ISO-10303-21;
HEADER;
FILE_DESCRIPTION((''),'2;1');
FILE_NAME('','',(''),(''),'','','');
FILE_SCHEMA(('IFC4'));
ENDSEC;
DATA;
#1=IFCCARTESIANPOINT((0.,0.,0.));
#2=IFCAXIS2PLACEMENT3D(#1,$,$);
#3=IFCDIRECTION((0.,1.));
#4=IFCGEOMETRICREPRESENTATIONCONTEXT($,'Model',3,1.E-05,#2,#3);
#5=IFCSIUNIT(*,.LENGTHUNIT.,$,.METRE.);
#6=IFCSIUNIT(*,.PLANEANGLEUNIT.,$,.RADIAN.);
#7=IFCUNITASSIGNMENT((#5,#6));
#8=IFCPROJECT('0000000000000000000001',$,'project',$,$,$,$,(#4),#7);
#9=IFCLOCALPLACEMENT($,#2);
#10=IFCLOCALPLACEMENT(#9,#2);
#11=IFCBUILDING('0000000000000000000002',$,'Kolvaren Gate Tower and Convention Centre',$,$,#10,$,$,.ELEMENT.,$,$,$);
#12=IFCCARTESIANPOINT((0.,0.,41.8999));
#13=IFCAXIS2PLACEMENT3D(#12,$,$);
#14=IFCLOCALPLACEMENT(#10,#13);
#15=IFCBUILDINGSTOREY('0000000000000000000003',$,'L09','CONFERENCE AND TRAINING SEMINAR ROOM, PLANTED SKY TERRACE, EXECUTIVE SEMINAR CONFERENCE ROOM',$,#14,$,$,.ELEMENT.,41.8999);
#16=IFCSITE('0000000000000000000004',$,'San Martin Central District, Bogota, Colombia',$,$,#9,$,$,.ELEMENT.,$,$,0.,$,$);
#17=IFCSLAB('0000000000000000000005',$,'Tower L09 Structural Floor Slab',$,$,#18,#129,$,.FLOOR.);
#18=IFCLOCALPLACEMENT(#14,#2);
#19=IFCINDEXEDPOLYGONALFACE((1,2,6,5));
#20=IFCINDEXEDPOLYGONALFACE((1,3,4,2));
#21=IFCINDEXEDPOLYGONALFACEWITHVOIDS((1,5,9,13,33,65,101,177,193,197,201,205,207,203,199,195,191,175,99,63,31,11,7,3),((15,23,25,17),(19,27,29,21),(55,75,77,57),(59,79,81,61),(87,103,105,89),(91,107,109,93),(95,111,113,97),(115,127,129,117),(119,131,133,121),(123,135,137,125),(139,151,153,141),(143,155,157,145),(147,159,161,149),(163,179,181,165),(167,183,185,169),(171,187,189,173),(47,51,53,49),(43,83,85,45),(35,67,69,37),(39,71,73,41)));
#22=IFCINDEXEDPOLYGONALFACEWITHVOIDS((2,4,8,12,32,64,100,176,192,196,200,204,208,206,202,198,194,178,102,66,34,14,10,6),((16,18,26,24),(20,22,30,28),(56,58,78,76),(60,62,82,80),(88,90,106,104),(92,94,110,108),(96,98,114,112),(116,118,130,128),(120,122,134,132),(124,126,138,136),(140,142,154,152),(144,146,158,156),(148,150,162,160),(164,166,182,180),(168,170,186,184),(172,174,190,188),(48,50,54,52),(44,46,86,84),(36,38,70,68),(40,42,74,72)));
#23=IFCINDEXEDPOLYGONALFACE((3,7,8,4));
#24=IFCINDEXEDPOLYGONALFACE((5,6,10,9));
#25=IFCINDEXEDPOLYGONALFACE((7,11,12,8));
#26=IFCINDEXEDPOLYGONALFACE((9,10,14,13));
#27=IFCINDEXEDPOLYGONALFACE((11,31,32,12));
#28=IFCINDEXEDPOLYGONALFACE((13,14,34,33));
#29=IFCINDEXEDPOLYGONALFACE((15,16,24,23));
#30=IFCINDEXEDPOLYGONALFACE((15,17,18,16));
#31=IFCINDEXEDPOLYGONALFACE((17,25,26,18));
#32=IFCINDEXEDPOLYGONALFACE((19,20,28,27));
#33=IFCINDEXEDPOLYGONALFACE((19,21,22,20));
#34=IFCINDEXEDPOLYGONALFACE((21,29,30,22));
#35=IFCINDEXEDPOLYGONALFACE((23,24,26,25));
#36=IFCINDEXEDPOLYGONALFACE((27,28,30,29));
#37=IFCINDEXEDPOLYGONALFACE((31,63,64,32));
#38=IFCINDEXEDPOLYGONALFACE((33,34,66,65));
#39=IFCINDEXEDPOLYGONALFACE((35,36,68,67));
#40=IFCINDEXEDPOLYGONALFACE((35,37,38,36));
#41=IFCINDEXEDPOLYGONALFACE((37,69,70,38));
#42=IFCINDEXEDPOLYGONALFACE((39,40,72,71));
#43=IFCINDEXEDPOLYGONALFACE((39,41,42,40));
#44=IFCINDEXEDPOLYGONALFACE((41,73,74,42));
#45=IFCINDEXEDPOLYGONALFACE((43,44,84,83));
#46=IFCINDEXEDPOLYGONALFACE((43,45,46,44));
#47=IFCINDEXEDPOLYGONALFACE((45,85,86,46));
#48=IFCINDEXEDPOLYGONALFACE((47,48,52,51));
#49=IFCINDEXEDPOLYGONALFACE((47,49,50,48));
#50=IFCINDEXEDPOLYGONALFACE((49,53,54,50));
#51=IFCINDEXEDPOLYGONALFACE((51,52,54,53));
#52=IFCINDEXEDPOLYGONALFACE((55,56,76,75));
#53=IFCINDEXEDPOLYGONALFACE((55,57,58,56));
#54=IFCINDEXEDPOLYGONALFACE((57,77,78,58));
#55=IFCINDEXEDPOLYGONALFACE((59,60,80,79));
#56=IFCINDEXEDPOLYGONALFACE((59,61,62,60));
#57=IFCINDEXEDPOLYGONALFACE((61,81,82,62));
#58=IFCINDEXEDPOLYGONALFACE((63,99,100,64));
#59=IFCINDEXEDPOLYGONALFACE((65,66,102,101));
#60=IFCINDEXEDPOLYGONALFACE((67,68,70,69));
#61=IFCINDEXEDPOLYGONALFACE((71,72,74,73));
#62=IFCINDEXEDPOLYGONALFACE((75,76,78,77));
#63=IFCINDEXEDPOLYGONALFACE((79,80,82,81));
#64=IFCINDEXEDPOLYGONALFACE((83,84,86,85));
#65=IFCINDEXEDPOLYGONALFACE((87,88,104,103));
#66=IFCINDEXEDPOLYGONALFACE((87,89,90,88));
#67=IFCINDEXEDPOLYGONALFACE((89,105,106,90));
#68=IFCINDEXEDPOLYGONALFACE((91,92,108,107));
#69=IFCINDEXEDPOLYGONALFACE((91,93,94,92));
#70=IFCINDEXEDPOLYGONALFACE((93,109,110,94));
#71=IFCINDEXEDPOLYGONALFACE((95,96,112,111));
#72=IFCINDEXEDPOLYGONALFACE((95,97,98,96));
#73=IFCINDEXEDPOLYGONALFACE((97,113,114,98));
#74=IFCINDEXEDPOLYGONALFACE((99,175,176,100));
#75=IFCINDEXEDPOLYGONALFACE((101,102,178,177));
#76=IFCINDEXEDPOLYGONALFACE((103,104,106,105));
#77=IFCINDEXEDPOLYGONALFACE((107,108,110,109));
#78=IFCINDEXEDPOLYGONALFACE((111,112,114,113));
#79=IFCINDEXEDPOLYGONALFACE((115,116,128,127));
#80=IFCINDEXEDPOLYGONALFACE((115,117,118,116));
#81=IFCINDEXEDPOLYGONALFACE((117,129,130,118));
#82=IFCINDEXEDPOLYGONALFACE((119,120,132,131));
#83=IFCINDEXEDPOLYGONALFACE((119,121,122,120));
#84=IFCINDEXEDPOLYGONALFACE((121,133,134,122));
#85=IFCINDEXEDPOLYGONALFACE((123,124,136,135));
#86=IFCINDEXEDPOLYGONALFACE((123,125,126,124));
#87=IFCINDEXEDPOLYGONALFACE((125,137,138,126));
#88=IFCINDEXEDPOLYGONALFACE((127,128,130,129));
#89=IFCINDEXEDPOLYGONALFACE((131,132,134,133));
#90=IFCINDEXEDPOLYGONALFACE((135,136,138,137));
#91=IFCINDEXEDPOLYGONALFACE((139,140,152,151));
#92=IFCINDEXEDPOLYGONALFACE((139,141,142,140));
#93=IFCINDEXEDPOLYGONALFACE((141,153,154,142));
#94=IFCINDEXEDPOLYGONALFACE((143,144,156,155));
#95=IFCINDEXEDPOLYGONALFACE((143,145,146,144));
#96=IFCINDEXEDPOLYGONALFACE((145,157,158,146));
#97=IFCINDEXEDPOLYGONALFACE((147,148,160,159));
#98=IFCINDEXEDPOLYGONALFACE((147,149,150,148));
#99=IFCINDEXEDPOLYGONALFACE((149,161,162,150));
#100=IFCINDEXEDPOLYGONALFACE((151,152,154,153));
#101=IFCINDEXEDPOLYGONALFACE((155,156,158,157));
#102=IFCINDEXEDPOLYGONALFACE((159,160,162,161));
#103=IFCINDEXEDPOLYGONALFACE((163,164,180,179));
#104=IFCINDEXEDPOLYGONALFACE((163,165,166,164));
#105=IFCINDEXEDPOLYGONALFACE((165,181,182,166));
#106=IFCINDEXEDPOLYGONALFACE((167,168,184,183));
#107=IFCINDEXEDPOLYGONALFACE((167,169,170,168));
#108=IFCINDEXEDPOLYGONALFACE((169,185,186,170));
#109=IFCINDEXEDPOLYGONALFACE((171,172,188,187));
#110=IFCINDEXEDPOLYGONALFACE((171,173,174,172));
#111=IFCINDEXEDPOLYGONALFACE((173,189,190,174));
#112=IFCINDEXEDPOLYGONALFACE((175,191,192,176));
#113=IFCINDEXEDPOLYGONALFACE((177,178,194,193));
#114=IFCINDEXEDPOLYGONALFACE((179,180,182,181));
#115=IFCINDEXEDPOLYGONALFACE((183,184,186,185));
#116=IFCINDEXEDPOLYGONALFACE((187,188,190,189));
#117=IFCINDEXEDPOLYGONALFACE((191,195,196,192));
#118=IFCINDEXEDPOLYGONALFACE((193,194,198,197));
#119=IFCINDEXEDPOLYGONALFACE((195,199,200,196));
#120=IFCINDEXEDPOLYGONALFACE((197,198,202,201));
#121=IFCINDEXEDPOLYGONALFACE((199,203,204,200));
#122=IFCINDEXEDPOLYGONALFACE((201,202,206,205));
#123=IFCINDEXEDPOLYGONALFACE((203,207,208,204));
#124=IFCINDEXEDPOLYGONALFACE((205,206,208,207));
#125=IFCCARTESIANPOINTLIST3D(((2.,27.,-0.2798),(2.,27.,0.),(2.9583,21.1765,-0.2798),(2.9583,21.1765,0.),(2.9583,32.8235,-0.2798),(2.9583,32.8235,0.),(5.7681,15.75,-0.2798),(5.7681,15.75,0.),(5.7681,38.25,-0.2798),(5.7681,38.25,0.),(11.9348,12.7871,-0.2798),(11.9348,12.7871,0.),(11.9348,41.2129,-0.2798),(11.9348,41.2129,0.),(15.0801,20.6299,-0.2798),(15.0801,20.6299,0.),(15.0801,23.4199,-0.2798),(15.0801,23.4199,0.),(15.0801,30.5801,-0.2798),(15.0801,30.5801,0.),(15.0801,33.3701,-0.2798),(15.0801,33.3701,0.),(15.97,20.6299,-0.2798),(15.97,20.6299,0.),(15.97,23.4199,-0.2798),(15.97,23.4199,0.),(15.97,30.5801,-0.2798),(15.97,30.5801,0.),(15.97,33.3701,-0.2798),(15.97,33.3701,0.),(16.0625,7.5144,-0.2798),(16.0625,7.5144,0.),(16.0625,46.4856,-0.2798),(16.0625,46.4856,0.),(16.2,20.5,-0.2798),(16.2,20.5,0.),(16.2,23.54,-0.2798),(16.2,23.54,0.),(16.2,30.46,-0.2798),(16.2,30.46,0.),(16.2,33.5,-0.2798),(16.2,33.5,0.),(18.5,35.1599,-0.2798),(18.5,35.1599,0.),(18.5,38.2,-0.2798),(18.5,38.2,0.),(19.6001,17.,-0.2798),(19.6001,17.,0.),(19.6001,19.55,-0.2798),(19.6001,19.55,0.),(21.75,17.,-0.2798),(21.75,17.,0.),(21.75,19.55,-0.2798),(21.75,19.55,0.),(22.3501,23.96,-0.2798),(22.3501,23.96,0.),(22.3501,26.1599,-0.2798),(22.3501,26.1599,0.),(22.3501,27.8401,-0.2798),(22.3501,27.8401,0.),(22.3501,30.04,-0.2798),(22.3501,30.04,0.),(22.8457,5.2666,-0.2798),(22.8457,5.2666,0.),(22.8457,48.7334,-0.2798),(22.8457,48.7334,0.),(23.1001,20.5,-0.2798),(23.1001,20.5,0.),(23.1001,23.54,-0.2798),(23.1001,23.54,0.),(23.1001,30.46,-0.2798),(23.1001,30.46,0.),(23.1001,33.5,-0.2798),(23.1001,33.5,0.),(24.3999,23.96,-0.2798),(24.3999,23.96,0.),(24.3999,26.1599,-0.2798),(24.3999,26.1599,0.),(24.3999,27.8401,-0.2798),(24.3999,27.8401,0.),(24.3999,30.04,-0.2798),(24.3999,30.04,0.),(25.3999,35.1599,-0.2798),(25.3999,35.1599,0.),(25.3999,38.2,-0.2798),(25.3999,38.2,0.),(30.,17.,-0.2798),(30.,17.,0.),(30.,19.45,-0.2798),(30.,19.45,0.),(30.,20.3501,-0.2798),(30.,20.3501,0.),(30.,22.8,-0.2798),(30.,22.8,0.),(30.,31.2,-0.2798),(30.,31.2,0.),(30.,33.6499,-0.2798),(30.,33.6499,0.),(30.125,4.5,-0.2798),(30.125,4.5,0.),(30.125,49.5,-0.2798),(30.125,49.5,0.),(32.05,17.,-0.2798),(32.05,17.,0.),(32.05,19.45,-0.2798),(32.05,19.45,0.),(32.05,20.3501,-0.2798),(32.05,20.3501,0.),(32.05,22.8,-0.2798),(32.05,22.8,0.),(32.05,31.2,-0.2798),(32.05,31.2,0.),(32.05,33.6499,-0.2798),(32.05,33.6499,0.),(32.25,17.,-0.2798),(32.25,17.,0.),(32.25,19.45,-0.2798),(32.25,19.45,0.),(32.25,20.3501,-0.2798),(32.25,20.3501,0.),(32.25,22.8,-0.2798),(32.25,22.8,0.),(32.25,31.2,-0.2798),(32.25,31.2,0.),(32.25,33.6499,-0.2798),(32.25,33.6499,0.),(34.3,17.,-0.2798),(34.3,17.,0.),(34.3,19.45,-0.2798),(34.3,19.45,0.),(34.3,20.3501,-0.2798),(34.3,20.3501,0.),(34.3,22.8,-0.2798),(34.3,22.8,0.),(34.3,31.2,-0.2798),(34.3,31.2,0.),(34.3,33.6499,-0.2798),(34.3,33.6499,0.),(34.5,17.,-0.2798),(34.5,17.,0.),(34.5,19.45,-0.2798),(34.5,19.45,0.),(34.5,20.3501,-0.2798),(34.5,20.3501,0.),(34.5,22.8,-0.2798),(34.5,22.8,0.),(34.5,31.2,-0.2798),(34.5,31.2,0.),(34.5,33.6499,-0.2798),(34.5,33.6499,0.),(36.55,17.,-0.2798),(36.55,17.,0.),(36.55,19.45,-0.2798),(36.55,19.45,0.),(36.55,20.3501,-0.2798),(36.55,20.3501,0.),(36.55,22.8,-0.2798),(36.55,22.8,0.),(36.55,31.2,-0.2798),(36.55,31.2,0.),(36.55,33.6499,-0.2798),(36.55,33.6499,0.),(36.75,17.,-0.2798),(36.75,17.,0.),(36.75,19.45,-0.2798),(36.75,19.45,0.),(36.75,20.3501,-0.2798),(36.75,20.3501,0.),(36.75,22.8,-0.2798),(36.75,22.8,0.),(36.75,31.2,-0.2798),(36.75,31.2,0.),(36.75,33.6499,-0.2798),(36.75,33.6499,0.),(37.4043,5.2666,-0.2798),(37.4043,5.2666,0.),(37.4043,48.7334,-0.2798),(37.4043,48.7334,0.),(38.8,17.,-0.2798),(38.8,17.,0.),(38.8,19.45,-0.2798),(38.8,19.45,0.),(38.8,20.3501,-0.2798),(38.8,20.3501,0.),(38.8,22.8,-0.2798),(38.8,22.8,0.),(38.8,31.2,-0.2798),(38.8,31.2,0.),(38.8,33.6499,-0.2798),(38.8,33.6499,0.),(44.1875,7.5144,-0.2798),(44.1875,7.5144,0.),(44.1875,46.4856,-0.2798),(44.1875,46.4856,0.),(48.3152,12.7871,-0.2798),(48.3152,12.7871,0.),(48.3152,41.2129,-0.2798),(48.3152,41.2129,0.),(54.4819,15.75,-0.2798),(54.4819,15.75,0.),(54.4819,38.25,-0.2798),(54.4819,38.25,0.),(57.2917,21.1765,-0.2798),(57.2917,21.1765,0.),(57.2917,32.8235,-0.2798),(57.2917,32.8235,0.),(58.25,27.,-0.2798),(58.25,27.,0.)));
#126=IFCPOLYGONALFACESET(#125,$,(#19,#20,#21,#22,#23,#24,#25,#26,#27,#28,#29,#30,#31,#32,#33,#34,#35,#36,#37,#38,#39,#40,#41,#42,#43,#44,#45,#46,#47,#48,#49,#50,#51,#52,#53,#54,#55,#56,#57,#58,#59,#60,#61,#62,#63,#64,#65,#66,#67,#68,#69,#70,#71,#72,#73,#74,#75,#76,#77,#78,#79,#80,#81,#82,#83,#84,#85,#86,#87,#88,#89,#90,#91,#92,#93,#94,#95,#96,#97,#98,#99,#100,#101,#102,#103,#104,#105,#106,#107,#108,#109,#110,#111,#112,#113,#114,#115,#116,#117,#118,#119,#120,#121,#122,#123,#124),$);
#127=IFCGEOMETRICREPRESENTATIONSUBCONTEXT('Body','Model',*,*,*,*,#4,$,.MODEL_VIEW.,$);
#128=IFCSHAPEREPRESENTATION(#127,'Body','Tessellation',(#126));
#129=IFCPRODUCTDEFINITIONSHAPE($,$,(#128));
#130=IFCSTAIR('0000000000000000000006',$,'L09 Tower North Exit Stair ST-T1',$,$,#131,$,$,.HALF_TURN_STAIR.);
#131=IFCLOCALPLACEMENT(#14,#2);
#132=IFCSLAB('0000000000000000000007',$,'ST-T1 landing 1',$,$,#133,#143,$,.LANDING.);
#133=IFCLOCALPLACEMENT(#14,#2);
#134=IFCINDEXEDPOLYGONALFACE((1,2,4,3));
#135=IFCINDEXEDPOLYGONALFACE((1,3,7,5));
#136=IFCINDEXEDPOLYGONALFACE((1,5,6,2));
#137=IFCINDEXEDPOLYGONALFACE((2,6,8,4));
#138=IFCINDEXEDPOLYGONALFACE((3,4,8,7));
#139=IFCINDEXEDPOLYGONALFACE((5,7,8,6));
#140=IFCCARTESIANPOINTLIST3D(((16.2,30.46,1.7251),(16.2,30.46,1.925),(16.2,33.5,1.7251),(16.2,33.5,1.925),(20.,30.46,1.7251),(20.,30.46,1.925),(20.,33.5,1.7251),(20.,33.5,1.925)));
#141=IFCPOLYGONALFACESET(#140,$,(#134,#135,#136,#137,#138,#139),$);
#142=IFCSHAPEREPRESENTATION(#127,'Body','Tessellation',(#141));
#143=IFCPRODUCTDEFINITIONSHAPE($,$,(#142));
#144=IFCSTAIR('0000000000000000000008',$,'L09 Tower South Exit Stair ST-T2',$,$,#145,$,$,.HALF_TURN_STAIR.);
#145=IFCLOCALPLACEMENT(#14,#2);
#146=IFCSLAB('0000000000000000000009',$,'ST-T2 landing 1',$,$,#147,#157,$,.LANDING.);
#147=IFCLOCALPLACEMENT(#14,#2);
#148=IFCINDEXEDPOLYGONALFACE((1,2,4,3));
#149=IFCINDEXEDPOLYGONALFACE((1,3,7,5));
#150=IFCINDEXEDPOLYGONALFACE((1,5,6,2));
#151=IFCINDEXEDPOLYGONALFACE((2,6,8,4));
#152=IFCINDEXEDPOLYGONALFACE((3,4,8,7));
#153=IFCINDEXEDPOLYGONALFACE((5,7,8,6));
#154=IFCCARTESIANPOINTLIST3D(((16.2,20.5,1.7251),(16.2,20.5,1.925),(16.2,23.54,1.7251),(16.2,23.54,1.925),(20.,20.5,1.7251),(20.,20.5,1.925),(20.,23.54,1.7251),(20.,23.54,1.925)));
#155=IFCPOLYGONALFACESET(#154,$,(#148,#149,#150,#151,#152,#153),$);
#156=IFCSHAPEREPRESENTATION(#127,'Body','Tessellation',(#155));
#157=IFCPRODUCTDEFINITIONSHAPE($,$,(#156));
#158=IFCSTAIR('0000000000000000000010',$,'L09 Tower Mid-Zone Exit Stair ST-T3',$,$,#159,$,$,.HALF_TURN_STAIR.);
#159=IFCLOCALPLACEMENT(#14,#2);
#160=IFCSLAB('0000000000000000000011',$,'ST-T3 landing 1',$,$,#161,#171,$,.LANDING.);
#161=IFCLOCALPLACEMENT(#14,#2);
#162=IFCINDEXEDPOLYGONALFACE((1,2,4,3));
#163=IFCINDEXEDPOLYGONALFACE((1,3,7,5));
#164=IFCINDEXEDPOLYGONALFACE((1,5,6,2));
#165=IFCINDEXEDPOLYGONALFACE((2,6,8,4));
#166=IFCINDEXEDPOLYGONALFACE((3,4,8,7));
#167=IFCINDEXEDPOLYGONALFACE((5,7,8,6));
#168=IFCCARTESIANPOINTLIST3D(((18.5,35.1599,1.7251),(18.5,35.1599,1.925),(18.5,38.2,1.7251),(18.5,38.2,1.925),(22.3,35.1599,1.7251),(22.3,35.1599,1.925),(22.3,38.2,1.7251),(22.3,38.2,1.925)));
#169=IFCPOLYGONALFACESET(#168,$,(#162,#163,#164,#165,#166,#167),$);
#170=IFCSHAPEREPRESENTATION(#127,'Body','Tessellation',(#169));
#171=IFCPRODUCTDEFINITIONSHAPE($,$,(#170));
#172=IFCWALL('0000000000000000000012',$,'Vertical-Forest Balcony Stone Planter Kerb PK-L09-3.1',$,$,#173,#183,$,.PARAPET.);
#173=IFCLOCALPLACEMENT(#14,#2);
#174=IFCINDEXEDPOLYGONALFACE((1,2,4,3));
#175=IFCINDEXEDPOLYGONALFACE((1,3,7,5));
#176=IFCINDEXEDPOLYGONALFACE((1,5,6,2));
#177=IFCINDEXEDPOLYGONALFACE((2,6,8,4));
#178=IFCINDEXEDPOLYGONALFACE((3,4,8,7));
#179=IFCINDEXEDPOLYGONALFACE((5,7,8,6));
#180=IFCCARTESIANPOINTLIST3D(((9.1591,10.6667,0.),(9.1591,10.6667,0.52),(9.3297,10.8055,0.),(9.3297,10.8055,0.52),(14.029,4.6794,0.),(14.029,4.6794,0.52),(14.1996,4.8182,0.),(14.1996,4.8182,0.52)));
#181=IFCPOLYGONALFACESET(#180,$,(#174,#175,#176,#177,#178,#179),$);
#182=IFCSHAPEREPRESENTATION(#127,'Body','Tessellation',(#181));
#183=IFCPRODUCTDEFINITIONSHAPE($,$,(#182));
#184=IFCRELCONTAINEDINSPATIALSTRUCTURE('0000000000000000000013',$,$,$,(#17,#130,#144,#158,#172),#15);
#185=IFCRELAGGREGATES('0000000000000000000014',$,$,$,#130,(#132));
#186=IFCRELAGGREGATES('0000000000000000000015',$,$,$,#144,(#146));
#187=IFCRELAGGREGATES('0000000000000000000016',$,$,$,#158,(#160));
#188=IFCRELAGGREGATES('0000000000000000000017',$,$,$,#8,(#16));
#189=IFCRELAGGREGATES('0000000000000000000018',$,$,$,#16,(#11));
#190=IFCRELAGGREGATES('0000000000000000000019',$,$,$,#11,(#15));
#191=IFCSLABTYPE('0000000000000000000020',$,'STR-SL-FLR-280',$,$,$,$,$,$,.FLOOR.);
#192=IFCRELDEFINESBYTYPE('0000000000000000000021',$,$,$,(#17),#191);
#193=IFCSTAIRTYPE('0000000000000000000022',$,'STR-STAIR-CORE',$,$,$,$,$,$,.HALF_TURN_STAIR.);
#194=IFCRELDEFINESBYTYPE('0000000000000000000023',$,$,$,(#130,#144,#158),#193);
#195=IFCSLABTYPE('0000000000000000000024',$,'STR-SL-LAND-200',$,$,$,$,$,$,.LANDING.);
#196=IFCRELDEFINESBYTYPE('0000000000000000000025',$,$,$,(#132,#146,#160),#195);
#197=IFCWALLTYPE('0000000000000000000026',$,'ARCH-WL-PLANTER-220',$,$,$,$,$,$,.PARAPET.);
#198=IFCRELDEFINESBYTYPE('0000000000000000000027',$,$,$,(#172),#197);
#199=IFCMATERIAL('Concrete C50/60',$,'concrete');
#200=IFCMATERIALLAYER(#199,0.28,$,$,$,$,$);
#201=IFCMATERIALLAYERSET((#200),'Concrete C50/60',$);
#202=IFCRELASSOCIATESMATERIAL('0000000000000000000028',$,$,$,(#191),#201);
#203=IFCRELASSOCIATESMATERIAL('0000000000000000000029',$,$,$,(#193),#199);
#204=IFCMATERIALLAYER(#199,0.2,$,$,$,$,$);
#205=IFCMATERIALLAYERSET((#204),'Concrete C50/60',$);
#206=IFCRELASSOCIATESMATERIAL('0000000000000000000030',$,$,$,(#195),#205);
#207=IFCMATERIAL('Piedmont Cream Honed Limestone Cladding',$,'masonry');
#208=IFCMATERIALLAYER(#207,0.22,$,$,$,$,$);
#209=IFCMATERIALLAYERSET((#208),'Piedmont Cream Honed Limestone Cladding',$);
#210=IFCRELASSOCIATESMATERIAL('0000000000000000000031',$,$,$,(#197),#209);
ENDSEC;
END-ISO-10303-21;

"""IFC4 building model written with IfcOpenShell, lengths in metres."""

from ifc_helpers import new_model, si_unit, direction, frame, frame_2d, origin, place, context, subcontext, project, spatial, polyline, rectangle, outline, extrude, material, layer, layer_set, type_object, element, aggregate, save


model = new_model("IFC4")

# Units and contexts
model_context = context("Model", 3, precision=1e-05, world=origin(), true_north=direction((0.0, 1.0)))
body_context = subcontext(model_context, "Body", "Model", "MODEL_VIEW")
ifc_project = project(units=[si_unit("LENGTHUNIT", "METRE"), si_unit("PLANEANGLEUNIT", "RADIAN")], contexts=[model_context])

# Site, building, storey
site_placement = place(None, origin())
site = spatial("IfcSite", under=ifc_project, at=site_placement, Name="San Martin Central District, Bogota, Colombia", CompositionType="ELEMENT", RefElevation=0.0)
building_placement = place(site_placement, origin())
building = spatial("IfcBuilding", under=site, at=building_placement, Name="Kolvaren Gate Tower and Convention Centre", CompositionType="ELEMENT")
storey_placement = place(building_placement, frame((0.0, 0.0, 41.8999)))
storey = spatial("IfcBuildingStorey", under=building, at=storey_placement, Name="L09", Description="CONFERENCE AND TRAINING SEMINAR ROOM, PLANTED SKY TERRACE, EXECUTIVE SEMINAR CONFERENCE ROOM", CompositionType="ELEMENT", Elevation=41.8999)

# Slab
ifc_material_1 = material(Name="Concrete C50/60", Category="concrete")
ifc_layer_1 = layer(ifc_material_1, 0.28)
ifc_layer_set_1 = layer_set([ifc_layer_1], Name="Concrete C50/60")
slab_type_1 = type_object("IfcSlabType", Name="STR-SL-FLR-280", PredefinedType="FLOOR", material=ifc_layer_set_1)
slab_1_placement = place(storey_placement, frame((0.0, 0.0, -0.2798)))
element("IfcSlab", 1, at=slab_1_placement, inside=storey, type_object=slab_type_1, Name="Tower L09 Structural Floor Slab", PredefinedType="FLOOR", context=body_context, shape_type="SweptSolid", body=[
    extrude(outline(polyline([(58.25, 27.0), (57.2917, 32.8235), (54.4819, 38.25), (48.3152, 41.2129), (44.1875, 46.4856), (37.4043, 48.7334), (30.125, 49.5), (22.8457, 48.7334), (16.0625, 46.4856), (11.9348, 41.2129), (5.7681, 38.25), (2.9583, 32.8235), (2.0, 27.0), (2.9583, 21.1765), (5.7681, 15.75), (11.9348, 12.7871), (16.0625, 7.5144), (22.8457, 5.2666), (30.125, 4.5), (37.4043, 5.2666), (44.1875, 7.5144), (48.3152, 12.7871), (54.4819, 15.75), (57.2917, 21.1765), (58.25, 27.0)]), holes=[polyline([(36.75, 33.6499), (38.8, 33.6499), (38.8, 31.2), (36.75, 31.2), (36.75, 33.6499)]), polyline([(36.75, 20.3501), (36.75, 22.8), (38.8, 22.8), (38.8, 20.3501), (36.75, 20.3501)]), polyline([(36.75, 17.0), (36.75, 19.45), (38.8, 19.45), (38.8, 17.0), (36.75, 17.0)]), polyline([(34.5, 33.6499), (36.55, 33.6499), (36.55, 31.2), (34.5, 31.2), (34.5, 33.6499)]), polyline([(34.5, 22.8), (36.55, 22.8), (36.55, 20.3501), (34.5, 20.3501), (34.5, 22.8)]), polyline([(34.5, 17.0), (34.5, 19.45), (36.55, 19.45), (36.55, 17.0), (34.5, 17.0)]), polyline([(32.25, 31.2), (32.25, 33.6499), (34.3, 33.6499), (34.3, 31.2), (32.25, 31.2)]), polyline([(32.25, 22.8), (34.3, 22.8), (34.3, 20.3501), (32.25, 20.3501), (32.25, 22.8)]), polyline([(32.25, 17.0), (32.25, 19.45), (34.3, 19.45), (34.3, 17.0), (32.25, 17.0)]), polyline([(30.0, 31.2), (30.0, 33.6499), (32.05, 33.6499), (32.05, 31.2), (30.0, 31.2)]), polyline([(30.0, 20.3501), (30.0, 22.8), (32.05, 22.8), (32.05, 20.3501), (30.0, 20.3501)]), polyline([(30.0, 17.0), (30.0, 19.45), (32.05, 19.45), (32.05, 17.0), (30.0, 17.0)]), polyline([(25.3999, 35.1599), (18.5, 35.1599), (18.5, 38.2), (25.3999, 38.2), (25.3999, 35.1599)]), polyline([(22.3501, 27.8401), (22.3501, 30.04), (24.3999, 30.04), (24.3999, 27.8401), (22.3501, 27.8401)]), polyline([(22.3501, 23.96), (22.3501, 26.1599), (24.3999, 26.1599), (24.3999, 23.96), (22.3501, 23.96)]), polyline([(23.1001, 30.46), (16.2, 30.46), (16.2, 33.5), (23.1001, 33.5), (23.1001, 30.46)]), polyline([(23.1001, 20.5), (16.2, 20.5), (16.2, 23.54), (23.1001, 23.54), (23.1001, 20.5)]), polyline([(19.6001, 17.0), (19.6001, 19.55), (21.75, 19.55), (21.75, 17.0), (19.6001, 17.0)]), polyline([(15.0801, 23.4199), (15.97, 23.4199), (15.97, 20.6299), (15.0801, 20.6299), (15.0801, 23.4199)]), polyline([(15.0801, 30.5801), (15.0801, 33.3701), (15.97, 33.3701), (15.97, 30.5801), (15.0801, 30.5801)])]), origin(), (0.0, 0.0, 1.0), 0.2798),
])

# Stairs, slabs
stair_type = type_object("IfcStairType", Name="STR-STAIR-CORE", PredefinedType="HALF_TURN_STAIR", material=ifc_material_1)
stair_1_placement = place(storey_placement, origin())
stair_1 = element("IfcStair", 2, at=stair_1_placement, inside=storey, type_object=stair_type, Name="L09 Tower North Exit Stair ST-T1", PredefinedType="HALF_TURN_STAIR")
ifc_layer_2 = layer(ifc_material_1, 0.2)
ifc_layer_set_2 = layer_set([ifc_layer_2], Name="Concrete C50/60")
slab_type_2 = type_object("IfcSlabType", Name="STR-SL-LAND-200", PredefinedType="LANDING", material=ifc_layer_set_2)
slab_2_placement = place(storey_placement, frame((0.0, 0.0, 1.7251)))
slab_2 = element("IfcSlab", 3, at=slab_2_placement, type_object=slab_type_2, Name="ST-T1 landing 1", PredefinedType="LANDING", context=body_context, shape_type="SweptSolid", body=[
    extrude(outline(polyline([(20.0, 33.5), (16.2, 33.5), (16.2, 30.46), (20.0, 30.46), (20.0, 33.5)])), origin(), (0.0, 0.0, 1.0), 0.2),
])
aggregate(stair_1, [slab_2])
stair_2_placement = place(storey_placement, origin())
stair_2 = element("IfcStair", 4, at=stair_2_placement, inside=storey, type_object=stair_type, Name="L09 Tower South Exit Stair ST-T2", PredefinedType="HALF_TURN_STAIR")
slab_3_placement = place(storey_placement, frame((0.0, 0.0, 1.7251)))
slab_3 = element("IfcSlab", 5, at=slab_3_placement, type_object=slab_type_2, Name="ST-T2 landing 1", PredefinedType="LANDING", context=body_context, shape_type="SweptSolid", body=[
    extrude(outline(polyline([(20.0, 23.54), (16.2, 23.54), (16.2, 20.5), (20.0, 20.5), (20.0, 23.54)])), origin(), (0.0, 0.0, 1.0), 0.2),
])
aggregate(stair_2, [slab_3])
stair_3_placement = place(storey_placement, origin())
stair_3 = element("IfcStair", 6, at=stair_3_placement, inside=storey, type_object=stair_type, Name="L09 Tower Mid-Zone Exit Stair ST-T3", PredefinedType="HALF_TURN_STAIR")
slab_4_placement = place(storey_placement, frame((0.0, 0.0, 1.7251)))
slab_4 = element("IfcSlab", 7, at=slab_4_placement, type_object=slab_type_2, Name="ST-T3 landing 1", PredefinedType="LANDING", context=body_context, shape_type="SweptSolid", body=[
    extrude(outline(polyline([(22.3, 38.2), (18.5, 38.2), (18.5, 35.1599), (22.3, 35.1599), (22.3, 38.2)])), origin(), (0.0, 0.0, 1.0), 0.2),
])
aggregate(stair_3, [slab_4])

# Wall
ifc_material_2 = material(Name="Piedmont Cream Honed Limestone Cladding", Category="masonry")
ifc_layer_3 = layer(ifc_material_2, 0.22)
ifc_layer_set_3 = layer_set([ifc_layer_3], Name="Piedmont Cream Honed Limestone Cladding")
wall_type_1 = type_object("IfcWallType", Name="ARCH-WL-PLANTER-220", PredefinedType="PARAPET", material=ifc_layer_set_3)
wall_1_placement = place(storey_placement, frame((9.2444, 10.7361, 0.0), z_axis=(0.0, 0.0, 1.0), x_axis=(0.630997, -0.775785, 0.0)))
element("IfcWall", 8, at=wall_1_placement, inside=storey, type_object=wall_type_1, Name="Vertical-Forest Balcony Stone Planter Kerb PK-L09-3.1", PredefinedType="PARAPET", context=body_context, shape_type="SweptSolid", body=[
    extrude(rectangle(XDim=7.7178, YDim=0.22, at=frame_2d((3.8589, 0.0))), origin(), (0.0, 0.0, 1.0), 0.52),
])

save(model, "model.ifc")
